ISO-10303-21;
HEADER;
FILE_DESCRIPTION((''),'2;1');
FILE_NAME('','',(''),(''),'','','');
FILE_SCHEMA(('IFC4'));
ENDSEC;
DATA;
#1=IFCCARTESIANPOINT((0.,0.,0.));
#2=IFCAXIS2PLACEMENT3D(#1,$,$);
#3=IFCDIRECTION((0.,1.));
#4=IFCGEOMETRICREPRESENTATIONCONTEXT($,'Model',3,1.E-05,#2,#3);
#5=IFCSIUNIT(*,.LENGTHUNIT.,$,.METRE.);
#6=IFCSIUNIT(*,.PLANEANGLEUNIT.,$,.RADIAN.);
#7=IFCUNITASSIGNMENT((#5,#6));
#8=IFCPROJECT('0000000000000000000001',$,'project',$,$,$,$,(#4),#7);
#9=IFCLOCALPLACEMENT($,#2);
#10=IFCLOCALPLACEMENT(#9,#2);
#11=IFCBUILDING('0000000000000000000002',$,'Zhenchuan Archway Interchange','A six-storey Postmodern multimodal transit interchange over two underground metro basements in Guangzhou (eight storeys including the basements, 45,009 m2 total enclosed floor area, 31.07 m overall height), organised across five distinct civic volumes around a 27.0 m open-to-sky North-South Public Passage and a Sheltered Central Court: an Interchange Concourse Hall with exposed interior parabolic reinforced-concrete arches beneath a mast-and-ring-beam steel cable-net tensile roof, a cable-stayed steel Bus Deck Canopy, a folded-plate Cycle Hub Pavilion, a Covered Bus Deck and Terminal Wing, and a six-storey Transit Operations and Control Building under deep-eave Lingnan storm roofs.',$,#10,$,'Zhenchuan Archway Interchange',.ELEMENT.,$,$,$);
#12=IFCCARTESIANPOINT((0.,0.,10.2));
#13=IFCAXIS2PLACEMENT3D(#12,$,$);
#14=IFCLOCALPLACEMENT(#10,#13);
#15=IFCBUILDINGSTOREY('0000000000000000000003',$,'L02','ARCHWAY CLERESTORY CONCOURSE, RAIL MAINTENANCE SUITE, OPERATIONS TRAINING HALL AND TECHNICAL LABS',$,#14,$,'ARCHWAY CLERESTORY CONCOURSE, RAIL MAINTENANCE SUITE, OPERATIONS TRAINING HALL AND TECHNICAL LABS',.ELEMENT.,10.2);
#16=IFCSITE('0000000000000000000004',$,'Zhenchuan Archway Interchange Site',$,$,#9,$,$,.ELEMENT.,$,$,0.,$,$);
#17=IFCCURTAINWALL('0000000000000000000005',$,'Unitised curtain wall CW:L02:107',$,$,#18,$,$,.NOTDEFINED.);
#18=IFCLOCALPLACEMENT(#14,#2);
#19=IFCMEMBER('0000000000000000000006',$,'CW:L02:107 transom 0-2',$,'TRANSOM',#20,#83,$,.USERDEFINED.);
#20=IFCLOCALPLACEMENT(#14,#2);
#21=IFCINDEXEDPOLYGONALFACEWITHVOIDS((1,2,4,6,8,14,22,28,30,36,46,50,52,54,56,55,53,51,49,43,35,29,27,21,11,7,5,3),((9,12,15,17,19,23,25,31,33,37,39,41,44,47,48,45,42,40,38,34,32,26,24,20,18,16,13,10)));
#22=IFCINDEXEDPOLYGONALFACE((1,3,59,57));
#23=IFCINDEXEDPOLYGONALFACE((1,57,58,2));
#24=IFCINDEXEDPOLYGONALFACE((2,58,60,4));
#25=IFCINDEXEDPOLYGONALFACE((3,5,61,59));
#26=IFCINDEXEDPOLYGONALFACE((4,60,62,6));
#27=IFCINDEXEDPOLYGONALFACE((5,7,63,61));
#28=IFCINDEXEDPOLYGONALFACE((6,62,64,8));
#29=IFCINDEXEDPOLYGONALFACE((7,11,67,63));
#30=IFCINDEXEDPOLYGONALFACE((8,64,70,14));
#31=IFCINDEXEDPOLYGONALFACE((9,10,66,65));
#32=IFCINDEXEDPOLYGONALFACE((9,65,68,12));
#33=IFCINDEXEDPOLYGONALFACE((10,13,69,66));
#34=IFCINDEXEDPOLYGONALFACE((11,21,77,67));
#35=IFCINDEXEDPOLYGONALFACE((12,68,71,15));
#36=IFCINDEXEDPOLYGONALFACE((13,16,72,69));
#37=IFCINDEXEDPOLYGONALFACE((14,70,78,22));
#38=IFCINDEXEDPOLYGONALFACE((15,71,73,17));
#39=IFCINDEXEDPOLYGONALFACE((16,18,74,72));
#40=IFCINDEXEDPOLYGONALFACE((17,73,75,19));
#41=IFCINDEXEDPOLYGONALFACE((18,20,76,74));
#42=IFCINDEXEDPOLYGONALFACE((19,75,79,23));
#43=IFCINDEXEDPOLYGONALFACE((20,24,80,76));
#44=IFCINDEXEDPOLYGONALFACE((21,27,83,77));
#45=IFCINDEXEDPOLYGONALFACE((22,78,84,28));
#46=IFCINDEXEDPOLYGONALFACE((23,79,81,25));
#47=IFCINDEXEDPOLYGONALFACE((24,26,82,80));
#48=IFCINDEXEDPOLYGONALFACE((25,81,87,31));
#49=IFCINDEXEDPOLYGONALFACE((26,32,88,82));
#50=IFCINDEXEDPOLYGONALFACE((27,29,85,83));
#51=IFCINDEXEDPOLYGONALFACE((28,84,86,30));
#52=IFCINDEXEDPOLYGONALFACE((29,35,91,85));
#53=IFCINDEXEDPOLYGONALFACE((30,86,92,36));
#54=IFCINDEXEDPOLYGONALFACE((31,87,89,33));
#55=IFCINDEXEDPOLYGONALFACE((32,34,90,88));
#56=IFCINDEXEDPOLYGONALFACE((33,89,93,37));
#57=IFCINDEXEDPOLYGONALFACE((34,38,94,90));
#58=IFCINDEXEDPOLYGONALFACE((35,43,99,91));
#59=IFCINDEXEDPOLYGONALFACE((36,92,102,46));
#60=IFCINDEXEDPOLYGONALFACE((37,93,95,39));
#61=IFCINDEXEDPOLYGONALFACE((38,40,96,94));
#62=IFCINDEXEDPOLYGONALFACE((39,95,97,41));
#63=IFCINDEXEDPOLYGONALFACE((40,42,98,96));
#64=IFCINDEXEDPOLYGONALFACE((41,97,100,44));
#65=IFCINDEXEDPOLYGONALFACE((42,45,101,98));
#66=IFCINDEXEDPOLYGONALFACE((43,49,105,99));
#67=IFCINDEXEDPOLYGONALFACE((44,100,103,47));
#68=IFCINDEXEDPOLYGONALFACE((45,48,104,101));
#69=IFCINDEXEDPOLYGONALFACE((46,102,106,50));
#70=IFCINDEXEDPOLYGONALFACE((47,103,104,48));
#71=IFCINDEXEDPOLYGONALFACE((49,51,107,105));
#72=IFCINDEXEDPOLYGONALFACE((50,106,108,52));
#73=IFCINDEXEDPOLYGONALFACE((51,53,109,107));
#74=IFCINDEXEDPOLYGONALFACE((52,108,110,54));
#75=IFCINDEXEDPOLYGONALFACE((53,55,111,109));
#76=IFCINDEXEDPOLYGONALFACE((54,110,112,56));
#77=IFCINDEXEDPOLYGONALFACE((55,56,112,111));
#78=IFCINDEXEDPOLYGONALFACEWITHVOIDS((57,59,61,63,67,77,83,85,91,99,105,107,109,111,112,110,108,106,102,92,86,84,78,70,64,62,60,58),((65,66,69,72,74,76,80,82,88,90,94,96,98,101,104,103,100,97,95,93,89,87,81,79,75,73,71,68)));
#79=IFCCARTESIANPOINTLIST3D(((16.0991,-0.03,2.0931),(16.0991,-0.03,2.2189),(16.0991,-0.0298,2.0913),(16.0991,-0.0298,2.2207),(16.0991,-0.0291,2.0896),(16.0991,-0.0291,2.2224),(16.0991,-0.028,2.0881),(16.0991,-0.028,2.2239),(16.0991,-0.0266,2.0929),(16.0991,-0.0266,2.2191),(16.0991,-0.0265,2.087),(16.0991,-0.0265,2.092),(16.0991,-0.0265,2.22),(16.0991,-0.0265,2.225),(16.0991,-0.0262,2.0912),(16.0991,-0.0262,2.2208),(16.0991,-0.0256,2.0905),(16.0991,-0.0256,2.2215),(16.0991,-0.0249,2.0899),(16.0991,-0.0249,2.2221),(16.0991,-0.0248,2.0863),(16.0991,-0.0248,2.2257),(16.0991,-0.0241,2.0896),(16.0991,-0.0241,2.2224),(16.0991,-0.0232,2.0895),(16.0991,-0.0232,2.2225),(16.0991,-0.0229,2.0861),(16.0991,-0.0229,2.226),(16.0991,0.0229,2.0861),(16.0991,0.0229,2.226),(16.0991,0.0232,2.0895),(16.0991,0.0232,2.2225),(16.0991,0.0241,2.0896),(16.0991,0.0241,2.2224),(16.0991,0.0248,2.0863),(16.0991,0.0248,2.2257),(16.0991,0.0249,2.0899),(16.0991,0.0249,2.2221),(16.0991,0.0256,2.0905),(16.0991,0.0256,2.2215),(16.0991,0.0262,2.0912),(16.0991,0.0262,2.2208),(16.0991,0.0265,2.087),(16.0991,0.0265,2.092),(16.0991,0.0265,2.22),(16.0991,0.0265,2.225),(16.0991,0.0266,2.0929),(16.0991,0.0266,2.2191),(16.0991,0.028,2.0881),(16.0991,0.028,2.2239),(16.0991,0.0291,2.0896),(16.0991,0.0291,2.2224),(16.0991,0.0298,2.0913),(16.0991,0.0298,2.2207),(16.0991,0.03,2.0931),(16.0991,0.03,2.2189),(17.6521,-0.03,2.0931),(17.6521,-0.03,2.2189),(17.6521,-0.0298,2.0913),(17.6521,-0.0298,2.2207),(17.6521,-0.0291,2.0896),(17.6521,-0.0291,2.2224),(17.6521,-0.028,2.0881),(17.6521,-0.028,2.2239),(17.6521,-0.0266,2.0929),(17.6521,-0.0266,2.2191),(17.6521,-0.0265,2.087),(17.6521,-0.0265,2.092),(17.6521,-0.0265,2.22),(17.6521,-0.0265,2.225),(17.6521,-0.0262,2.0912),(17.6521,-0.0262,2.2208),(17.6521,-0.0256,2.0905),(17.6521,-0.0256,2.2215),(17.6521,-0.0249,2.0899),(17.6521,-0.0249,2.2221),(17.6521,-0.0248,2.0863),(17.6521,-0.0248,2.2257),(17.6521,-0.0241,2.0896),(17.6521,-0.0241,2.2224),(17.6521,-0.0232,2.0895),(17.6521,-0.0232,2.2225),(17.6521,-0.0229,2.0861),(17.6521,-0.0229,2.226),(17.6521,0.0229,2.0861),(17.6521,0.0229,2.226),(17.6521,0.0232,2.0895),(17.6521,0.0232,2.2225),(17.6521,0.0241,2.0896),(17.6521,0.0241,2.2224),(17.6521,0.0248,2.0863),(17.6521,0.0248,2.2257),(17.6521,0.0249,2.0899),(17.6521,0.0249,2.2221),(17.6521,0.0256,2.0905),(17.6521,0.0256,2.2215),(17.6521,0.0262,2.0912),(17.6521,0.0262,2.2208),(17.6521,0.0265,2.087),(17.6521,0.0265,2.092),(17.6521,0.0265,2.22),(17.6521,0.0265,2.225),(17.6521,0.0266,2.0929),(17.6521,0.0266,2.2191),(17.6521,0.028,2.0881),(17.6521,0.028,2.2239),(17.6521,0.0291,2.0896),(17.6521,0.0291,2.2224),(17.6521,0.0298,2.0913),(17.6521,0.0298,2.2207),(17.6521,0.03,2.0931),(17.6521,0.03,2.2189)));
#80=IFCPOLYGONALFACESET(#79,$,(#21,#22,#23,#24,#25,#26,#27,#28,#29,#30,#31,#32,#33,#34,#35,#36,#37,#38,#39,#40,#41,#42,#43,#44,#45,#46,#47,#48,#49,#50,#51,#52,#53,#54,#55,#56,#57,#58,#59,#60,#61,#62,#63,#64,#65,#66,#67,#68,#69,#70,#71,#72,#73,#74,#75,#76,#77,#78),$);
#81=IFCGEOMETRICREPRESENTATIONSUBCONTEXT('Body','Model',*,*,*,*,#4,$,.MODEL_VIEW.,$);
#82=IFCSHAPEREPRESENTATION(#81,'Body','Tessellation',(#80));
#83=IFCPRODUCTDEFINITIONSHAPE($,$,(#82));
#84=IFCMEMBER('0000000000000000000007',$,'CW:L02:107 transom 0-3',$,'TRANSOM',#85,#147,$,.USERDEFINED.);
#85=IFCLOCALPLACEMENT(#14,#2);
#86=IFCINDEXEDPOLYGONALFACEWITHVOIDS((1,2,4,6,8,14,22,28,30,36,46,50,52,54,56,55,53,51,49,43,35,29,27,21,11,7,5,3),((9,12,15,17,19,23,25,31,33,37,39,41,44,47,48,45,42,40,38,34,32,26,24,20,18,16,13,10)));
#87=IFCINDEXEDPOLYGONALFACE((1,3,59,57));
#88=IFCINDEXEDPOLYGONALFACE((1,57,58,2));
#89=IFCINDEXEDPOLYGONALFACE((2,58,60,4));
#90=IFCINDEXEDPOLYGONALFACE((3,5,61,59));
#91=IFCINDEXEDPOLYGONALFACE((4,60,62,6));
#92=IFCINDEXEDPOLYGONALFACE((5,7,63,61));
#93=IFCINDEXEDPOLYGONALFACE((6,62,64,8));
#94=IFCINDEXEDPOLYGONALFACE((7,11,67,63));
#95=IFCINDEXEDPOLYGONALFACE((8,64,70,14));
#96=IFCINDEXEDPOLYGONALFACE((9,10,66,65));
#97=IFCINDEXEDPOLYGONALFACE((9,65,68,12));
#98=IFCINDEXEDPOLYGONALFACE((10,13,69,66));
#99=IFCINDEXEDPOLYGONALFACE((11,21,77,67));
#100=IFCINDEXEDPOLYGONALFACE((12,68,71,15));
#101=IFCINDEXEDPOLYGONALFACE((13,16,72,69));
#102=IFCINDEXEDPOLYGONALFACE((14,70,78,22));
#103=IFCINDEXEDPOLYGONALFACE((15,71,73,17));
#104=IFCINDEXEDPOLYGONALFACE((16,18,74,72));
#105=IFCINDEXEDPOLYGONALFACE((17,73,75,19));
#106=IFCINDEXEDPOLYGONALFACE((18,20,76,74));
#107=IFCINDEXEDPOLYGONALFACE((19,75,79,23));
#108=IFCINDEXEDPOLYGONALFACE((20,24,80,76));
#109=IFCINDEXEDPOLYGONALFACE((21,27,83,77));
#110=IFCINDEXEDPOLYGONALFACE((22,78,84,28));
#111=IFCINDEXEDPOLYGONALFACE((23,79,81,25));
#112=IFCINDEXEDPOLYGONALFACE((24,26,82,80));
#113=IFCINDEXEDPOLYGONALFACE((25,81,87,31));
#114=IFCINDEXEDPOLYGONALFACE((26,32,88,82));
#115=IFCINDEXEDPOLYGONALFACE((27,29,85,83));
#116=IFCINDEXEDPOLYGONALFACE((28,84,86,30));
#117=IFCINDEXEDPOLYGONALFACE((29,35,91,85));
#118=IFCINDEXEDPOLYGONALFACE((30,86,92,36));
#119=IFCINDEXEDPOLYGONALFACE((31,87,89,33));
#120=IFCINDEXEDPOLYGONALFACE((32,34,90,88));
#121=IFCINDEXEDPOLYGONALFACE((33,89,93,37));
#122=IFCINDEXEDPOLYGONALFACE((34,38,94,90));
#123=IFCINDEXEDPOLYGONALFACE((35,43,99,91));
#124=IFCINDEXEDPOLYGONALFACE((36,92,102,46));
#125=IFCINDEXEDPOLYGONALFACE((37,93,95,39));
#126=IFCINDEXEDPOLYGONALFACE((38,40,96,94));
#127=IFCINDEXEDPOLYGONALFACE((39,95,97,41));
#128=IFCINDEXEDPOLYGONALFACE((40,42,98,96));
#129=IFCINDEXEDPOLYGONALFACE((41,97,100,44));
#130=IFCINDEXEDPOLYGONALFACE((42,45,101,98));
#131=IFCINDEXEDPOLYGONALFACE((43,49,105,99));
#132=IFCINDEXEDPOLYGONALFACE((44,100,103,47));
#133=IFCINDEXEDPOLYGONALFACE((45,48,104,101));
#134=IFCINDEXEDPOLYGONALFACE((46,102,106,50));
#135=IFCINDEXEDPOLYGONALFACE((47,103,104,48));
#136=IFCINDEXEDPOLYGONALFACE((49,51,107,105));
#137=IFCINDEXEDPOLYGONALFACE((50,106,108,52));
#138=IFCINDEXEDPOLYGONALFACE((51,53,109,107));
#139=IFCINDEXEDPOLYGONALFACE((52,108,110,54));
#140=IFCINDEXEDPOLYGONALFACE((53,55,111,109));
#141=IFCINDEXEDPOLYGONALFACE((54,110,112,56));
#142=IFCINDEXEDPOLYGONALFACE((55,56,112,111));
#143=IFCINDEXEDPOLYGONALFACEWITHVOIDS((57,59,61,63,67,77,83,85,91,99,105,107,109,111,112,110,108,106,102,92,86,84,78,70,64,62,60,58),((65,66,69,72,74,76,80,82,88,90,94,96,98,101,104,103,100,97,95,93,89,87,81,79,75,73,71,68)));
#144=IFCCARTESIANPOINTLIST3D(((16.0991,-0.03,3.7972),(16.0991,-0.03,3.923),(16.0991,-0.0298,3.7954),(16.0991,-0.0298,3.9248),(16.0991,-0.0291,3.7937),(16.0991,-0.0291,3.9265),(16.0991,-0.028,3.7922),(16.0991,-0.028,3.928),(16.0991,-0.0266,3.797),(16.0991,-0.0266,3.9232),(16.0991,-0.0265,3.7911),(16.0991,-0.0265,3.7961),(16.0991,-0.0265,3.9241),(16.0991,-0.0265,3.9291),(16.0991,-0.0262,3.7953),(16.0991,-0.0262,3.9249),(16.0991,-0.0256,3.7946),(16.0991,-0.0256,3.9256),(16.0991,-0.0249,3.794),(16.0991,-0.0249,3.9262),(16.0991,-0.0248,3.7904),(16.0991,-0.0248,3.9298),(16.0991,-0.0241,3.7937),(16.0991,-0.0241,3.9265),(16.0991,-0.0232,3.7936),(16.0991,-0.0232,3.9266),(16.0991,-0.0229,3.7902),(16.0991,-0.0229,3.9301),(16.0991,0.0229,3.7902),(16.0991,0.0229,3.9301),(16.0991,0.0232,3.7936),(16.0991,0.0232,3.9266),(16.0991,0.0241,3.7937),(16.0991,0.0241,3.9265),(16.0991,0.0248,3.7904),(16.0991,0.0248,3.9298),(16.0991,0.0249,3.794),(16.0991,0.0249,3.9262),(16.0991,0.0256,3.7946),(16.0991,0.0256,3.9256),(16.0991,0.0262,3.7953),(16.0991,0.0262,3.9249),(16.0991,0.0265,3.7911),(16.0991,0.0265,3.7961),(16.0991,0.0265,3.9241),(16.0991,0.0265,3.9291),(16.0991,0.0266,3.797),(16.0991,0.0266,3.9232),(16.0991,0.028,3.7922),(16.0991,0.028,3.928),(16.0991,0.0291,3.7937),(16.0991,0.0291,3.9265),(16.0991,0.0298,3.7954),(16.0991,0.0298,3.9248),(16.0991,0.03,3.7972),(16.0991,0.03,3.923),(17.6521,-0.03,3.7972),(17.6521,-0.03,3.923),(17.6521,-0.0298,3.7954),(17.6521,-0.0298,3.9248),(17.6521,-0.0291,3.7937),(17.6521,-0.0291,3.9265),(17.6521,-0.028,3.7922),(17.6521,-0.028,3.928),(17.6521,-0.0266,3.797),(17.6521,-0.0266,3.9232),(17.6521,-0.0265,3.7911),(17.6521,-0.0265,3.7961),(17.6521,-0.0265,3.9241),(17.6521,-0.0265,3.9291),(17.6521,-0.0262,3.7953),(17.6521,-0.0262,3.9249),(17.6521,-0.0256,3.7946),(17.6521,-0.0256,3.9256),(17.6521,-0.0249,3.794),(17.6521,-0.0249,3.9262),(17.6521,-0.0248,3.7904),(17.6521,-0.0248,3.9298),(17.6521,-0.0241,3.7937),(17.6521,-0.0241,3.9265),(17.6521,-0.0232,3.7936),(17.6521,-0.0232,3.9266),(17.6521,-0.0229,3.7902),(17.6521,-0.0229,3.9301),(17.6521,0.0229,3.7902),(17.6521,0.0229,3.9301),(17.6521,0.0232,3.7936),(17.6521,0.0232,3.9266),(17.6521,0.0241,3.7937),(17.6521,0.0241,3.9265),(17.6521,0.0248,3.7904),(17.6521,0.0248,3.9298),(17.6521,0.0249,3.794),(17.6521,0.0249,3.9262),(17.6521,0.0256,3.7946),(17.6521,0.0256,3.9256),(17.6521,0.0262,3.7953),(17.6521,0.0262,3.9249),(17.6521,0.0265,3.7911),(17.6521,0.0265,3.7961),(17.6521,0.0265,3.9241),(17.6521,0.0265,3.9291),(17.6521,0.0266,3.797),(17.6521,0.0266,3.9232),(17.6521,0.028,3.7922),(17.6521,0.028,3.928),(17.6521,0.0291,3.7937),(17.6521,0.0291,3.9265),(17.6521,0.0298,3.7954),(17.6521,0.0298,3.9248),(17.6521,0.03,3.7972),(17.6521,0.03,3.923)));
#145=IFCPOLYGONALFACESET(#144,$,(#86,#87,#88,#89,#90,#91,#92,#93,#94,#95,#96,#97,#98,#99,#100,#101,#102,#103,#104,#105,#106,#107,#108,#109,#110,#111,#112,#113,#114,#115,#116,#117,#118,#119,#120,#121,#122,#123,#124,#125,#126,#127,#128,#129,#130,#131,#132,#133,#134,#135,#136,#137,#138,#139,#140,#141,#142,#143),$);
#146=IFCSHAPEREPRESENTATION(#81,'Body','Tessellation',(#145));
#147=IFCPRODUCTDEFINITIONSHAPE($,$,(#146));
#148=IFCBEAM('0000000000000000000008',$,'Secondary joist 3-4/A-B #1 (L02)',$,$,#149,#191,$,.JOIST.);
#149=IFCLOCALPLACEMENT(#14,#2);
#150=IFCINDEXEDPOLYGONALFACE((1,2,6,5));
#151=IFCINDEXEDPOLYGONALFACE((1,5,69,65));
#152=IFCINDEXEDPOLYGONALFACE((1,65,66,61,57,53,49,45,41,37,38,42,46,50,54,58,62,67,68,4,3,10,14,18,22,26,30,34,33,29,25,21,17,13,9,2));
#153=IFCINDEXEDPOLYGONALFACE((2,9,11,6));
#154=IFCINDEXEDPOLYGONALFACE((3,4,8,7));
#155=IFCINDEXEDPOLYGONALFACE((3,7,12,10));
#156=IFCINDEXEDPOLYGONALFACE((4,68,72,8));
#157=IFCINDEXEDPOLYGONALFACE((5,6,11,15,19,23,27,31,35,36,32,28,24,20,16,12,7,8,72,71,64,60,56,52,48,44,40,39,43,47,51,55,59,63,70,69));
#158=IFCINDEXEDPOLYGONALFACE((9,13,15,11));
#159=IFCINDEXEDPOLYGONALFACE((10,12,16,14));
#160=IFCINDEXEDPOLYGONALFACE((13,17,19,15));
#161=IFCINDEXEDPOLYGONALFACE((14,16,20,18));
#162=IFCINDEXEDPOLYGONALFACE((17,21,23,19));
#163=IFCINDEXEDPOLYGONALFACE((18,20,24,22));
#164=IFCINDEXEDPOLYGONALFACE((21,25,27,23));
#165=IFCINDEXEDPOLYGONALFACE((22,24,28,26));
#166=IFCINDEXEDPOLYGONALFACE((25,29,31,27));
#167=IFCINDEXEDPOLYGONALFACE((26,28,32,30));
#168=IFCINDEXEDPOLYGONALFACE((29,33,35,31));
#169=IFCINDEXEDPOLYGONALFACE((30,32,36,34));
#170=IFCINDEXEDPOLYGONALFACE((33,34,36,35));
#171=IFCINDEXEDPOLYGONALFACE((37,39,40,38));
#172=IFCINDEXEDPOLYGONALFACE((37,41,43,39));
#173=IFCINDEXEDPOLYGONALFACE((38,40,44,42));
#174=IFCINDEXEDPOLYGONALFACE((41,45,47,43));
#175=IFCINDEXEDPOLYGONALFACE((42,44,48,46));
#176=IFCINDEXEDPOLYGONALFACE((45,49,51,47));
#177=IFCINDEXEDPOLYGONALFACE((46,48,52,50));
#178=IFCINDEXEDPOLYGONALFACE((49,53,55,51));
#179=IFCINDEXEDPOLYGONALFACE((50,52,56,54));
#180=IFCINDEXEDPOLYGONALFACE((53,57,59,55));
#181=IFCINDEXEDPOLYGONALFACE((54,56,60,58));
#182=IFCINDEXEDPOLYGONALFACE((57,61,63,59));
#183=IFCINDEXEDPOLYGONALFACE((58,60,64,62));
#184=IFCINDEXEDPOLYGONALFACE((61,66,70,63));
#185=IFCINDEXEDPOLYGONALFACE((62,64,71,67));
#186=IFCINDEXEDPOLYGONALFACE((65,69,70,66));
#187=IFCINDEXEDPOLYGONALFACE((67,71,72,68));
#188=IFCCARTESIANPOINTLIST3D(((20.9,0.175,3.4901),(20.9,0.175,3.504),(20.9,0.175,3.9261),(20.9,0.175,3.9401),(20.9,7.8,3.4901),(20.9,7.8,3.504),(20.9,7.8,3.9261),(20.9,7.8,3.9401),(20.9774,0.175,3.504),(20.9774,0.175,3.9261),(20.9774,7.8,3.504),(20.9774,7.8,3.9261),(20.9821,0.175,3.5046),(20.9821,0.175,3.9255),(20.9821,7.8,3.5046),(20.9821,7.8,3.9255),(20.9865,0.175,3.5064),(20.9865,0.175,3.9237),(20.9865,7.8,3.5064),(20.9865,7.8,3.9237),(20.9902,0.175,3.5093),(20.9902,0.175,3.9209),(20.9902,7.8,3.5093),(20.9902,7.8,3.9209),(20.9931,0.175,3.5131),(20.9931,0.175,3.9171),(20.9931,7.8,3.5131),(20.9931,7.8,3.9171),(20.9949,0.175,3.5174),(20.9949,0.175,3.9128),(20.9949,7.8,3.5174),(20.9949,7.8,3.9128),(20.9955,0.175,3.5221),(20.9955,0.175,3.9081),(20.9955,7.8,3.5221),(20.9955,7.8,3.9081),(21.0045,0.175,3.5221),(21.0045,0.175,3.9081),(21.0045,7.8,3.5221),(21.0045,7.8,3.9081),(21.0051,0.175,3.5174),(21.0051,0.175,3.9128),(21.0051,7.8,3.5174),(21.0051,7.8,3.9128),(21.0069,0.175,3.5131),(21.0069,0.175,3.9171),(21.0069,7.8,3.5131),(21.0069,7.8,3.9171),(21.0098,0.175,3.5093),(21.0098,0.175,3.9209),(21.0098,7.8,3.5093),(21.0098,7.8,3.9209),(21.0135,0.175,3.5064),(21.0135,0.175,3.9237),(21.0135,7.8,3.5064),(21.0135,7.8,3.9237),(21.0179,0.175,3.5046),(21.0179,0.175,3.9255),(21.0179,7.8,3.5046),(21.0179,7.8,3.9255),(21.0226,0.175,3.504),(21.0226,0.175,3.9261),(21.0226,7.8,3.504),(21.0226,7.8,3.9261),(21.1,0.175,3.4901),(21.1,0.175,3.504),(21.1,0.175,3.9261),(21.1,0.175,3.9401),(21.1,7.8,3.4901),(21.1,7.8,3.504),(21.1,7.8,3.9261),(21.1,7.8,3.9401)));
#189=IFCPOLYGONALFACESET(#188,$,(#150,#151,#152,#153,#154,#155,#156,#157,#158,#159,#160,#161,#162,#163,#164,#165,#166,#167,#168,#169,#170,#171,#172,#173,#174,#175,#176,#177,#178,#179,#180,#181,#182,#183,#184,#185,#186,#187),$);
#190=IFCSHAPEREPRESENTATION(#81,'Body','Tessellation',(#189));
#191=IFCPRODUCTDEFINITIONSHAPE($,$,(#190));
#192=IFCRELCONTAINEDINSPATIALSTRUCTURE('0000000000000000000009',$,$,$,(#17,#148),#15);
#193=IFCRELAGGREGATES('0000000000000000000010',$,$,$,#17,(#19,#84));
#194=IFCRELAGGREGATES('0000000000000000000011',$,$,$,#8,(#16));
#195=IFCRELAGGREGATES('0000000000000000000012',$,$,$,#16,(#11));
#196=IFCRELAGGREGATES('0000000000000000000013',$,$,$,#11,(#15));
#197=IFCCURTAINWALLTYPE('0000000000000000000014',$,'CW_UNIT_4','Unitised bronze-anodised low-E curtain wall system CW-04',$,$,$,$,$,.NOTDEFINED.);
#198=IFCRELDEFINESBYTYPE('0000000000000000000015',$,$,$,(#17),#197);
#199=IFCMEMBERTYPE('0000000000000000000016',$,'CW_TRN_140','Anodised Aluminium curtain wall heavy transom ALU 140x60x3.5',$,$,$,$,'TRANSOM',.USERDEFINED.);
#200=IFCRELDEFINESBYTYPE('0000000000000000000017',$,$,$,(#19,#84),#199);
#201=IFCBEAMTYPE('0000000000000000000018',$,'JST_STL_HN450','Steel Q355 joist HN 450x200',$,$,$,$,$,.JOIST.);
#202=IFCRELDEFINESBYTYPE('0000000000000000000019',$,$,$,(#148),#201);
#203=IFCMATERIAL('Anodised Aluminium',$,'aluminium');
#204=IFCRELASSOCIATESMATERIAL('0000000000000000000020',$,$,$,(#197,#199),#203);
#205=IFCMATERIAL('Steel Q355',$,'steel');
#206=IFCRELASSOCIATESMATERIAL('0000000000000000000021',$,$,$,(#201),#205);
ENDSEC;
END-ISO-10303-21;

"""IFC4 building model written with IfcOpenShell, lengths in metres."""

from ifc_helpers import new_model, si_unit, direction, frame, origin, origin_2d, place, context, subcontext, project, spatial, hollow_rectangle, i_section, extrude, material, material_profile, profile_set, type_object, element, aggregate, save


model = new_model("IFC4")

# Units and contexts
model_context = context("Model", 3, precision=1e-05, world=origin(), true_north=direction((0.0, 1.0)))
body_context = subcontext(model_context, "Body", "Model", "MODEL_VIEW")
ifc_project = project(units=[si_unit("LENGTHUNIT", "METRE"), si_unit("PLANEANGLEUNIT", "RADIAN")], contexts=[model_context])

# Site, building, storey
site_placement = place(None, origin())
site = spatial("IfcSite", under=ifc_project, at=site_placement, Name="Zhenchuan Archway Interchange Site", CompositionType="ELEMENT", RefElevation=0.0)
building_placement = place(site_placement, origin())
building = spatial("IfcBuilding", under=site, at=building_placement, Name="Zhenchuan Archway Interchange", Description="A six-storey Postmodern multimodal transit interchange over two underground metro basements in Guangzhou (eight storeys including the basements, 45,009 m2 total enclosed floor area, 31.07 m overall height), organised across five distinct civic volumes around a 27.0 m open-to-sky North-South Public Passage and a Sheltered Central Court: an Interchange Concourse Hall with exposed interior parabolic reinforced-concrete arches beneath a mast-and-ring-beam steel cable-net tensile roof, a cable-stayed steel Bus Deck Canopy, a folded-plate Cycle Hub Pavilion, a Covered Bus Deck and Terminal Wing, and a six-storey Transit Operations and Control Building under deep-eave Lingnan storm roofs.", LongName="Zhenchuan Archway Interchange", CompositionType="ELEMENT")
storey_placement = place(building_placement, frame((0.0, 0.0, 10.2)))
storey = spatial("IfcBuildingStorey", under=building, at=storey_placement, Name="L02", Description="ARCHWAY CLERESTORY CONCOURSE, RAIL MAINTENANCE SUITE, OPERATIONS TRAINING HALL AND TECHNICAL LABS", LongName="ARCHWAY CLERESTORY CONCOURSE, RAIL MAINTENANCE SUITE, OPERATIONS TRAINING HALL AND TECHNICAL LABS", CompositionType="ELEMENT", Elevation=10.2)

# Shared definitions
ifc_material_1 = material(Name="Anodised Aluminium", Category="aluminium")

# Curtain wall
curtain_wall_type_1 = type_object("IfcCurtainWallType", Name="CW_UNIT_4", Description="Unitised bronze-anodised low-E curtain wall system CW-04", PredefinedType="NOTDEFINED", material=ifc_material_1)
curtain_wall_1_placement = place(storey_placement, origin())
curtain_wall_1 = element("IfcCurtainWall", 1, at=curtain_wall_1_placement, inside=storey, type_object=curtain_wall_type_1, Name="Unitised curtain wall CW:L02:107", PredefinedType="NOTDEFINED")

# Members
ifc_material_profile_1 = material_profile(ifc_material_1, hollow_rectangle(XDim=0.0601, YDim=0.1399, WallThickness=0.0034, InnerFilletRadius=0.0034, OuterFilletRadius=0.0071, at=origin_2d()), Name="ALU 140x60x3.5")
ifc_profile_set_1 = profile_set([ifc_material_profile_1], Name="Anodised Aluminium")
member_type_1 = type_object("IfcMemberType", Name="CW_TRN_140", Description="Anodised Aluminium curtain wall heavy transom ALU 140x60x3.5", ElementType="TRANSOM", PredefinedType="USERDEFINED", material=ifc_profile_set_1)
member_1_placement = place(storey_placement, frame((17.6521, 0.0, 2.156), z_axis=(-1.0, 0.0, 0.0), x_axis=(0.0, -1.0, 0.0)))
member_1 = element("IfcMember", 2, at=member_1_placement, type_object=member_type_1, Name="CW:L02:107 transom 0-2", ObjectType="TRANSOM", PredefinedType="USERDEFINED", context=body_context, shape_type="SweptSolid", body=[
    extrude(hollow_rectangle(XDim=0.0601, YDim=0.1399, WallThickness=0.0034, InnerFilletRadius=0.0034, OuterFilletRadius=0.0071, at=origin_2d()), origin(), (0.0, 0.0, 1.0), 1.553),
])
member_2_placement = place(storey_placement, frame((17.6521, 0.0, 3.8601), z_axis=(-1.0, 0.0, 0.0), x_axis=(0.0, -1.0, 0.0)))
member_2 = element("IfcMember", 3, at=member_2_placement, type_object=member_type_1, Name="CW:L02:107 transom 0-3", ObjectType="TRANSOM", PredefinedType="USERDEFINED", context=body_context, shape_type="SweptSolid", body=[
    extrude(hollow_rectangle(XDim=0.0601, YDim=0.1399, WallThickness=0.0034, InnerFilletRadius=0.0034, OuterFilletRadius=0.0071, at=origin_2d()), origin(), (0.0, 0.0, 1.0), 1.553),
])
aggregate(curtain_wall_1, [member_1, member_2])

# Beam
ifc_material_2 = material(Name="Steel Q355", Category="steel")
ifc_material_profile_2 = material_profile(ifc_material_2, i_section(OverallWidth=0.2, OverallDepth=0.45, WebThickness=0.009, FlangeThickness=0.0139, FilletRadius=0.0181, at=origin_2d()), Name="HN 450x200")
ifc_profile_set_2 = profile_set([ifc_material_profile_2], Name="Steel Q355")
beam_type_1 = type_object("IfcBeamType", Name="JST_STL_HN450", Description="Steel Q355 joist HN 450x200", PredefinedType="JOIST", material=ifc_profile_set_2)
beam_1_placement = place(storey_placement, frame((21.0, 0.175, 3.7151), z_axis=(0.0, 1.0, 0.0), x_axis=(-1.0, 0.0, 0.0)))
element("IfcBeam", 4, at=beam_1_placement, inside=storey, type_object=beam_type_1, Name="Secondary joist 3-4/A-B #1 (L02)", PredefinedType="JOIST", context=body_context, shape_type="SweptSolid", body=[
    extrude(i_section(OverallWidth=0.2, OverallDepth=0.45, WebThickness=0.009, FlangeThickness=0.0139, FilletRadius=0.0181, at=origin_2d()), origin(), (0.0, 0.0, 1.0), 7.625),
])

save(model, "model.ifc")
